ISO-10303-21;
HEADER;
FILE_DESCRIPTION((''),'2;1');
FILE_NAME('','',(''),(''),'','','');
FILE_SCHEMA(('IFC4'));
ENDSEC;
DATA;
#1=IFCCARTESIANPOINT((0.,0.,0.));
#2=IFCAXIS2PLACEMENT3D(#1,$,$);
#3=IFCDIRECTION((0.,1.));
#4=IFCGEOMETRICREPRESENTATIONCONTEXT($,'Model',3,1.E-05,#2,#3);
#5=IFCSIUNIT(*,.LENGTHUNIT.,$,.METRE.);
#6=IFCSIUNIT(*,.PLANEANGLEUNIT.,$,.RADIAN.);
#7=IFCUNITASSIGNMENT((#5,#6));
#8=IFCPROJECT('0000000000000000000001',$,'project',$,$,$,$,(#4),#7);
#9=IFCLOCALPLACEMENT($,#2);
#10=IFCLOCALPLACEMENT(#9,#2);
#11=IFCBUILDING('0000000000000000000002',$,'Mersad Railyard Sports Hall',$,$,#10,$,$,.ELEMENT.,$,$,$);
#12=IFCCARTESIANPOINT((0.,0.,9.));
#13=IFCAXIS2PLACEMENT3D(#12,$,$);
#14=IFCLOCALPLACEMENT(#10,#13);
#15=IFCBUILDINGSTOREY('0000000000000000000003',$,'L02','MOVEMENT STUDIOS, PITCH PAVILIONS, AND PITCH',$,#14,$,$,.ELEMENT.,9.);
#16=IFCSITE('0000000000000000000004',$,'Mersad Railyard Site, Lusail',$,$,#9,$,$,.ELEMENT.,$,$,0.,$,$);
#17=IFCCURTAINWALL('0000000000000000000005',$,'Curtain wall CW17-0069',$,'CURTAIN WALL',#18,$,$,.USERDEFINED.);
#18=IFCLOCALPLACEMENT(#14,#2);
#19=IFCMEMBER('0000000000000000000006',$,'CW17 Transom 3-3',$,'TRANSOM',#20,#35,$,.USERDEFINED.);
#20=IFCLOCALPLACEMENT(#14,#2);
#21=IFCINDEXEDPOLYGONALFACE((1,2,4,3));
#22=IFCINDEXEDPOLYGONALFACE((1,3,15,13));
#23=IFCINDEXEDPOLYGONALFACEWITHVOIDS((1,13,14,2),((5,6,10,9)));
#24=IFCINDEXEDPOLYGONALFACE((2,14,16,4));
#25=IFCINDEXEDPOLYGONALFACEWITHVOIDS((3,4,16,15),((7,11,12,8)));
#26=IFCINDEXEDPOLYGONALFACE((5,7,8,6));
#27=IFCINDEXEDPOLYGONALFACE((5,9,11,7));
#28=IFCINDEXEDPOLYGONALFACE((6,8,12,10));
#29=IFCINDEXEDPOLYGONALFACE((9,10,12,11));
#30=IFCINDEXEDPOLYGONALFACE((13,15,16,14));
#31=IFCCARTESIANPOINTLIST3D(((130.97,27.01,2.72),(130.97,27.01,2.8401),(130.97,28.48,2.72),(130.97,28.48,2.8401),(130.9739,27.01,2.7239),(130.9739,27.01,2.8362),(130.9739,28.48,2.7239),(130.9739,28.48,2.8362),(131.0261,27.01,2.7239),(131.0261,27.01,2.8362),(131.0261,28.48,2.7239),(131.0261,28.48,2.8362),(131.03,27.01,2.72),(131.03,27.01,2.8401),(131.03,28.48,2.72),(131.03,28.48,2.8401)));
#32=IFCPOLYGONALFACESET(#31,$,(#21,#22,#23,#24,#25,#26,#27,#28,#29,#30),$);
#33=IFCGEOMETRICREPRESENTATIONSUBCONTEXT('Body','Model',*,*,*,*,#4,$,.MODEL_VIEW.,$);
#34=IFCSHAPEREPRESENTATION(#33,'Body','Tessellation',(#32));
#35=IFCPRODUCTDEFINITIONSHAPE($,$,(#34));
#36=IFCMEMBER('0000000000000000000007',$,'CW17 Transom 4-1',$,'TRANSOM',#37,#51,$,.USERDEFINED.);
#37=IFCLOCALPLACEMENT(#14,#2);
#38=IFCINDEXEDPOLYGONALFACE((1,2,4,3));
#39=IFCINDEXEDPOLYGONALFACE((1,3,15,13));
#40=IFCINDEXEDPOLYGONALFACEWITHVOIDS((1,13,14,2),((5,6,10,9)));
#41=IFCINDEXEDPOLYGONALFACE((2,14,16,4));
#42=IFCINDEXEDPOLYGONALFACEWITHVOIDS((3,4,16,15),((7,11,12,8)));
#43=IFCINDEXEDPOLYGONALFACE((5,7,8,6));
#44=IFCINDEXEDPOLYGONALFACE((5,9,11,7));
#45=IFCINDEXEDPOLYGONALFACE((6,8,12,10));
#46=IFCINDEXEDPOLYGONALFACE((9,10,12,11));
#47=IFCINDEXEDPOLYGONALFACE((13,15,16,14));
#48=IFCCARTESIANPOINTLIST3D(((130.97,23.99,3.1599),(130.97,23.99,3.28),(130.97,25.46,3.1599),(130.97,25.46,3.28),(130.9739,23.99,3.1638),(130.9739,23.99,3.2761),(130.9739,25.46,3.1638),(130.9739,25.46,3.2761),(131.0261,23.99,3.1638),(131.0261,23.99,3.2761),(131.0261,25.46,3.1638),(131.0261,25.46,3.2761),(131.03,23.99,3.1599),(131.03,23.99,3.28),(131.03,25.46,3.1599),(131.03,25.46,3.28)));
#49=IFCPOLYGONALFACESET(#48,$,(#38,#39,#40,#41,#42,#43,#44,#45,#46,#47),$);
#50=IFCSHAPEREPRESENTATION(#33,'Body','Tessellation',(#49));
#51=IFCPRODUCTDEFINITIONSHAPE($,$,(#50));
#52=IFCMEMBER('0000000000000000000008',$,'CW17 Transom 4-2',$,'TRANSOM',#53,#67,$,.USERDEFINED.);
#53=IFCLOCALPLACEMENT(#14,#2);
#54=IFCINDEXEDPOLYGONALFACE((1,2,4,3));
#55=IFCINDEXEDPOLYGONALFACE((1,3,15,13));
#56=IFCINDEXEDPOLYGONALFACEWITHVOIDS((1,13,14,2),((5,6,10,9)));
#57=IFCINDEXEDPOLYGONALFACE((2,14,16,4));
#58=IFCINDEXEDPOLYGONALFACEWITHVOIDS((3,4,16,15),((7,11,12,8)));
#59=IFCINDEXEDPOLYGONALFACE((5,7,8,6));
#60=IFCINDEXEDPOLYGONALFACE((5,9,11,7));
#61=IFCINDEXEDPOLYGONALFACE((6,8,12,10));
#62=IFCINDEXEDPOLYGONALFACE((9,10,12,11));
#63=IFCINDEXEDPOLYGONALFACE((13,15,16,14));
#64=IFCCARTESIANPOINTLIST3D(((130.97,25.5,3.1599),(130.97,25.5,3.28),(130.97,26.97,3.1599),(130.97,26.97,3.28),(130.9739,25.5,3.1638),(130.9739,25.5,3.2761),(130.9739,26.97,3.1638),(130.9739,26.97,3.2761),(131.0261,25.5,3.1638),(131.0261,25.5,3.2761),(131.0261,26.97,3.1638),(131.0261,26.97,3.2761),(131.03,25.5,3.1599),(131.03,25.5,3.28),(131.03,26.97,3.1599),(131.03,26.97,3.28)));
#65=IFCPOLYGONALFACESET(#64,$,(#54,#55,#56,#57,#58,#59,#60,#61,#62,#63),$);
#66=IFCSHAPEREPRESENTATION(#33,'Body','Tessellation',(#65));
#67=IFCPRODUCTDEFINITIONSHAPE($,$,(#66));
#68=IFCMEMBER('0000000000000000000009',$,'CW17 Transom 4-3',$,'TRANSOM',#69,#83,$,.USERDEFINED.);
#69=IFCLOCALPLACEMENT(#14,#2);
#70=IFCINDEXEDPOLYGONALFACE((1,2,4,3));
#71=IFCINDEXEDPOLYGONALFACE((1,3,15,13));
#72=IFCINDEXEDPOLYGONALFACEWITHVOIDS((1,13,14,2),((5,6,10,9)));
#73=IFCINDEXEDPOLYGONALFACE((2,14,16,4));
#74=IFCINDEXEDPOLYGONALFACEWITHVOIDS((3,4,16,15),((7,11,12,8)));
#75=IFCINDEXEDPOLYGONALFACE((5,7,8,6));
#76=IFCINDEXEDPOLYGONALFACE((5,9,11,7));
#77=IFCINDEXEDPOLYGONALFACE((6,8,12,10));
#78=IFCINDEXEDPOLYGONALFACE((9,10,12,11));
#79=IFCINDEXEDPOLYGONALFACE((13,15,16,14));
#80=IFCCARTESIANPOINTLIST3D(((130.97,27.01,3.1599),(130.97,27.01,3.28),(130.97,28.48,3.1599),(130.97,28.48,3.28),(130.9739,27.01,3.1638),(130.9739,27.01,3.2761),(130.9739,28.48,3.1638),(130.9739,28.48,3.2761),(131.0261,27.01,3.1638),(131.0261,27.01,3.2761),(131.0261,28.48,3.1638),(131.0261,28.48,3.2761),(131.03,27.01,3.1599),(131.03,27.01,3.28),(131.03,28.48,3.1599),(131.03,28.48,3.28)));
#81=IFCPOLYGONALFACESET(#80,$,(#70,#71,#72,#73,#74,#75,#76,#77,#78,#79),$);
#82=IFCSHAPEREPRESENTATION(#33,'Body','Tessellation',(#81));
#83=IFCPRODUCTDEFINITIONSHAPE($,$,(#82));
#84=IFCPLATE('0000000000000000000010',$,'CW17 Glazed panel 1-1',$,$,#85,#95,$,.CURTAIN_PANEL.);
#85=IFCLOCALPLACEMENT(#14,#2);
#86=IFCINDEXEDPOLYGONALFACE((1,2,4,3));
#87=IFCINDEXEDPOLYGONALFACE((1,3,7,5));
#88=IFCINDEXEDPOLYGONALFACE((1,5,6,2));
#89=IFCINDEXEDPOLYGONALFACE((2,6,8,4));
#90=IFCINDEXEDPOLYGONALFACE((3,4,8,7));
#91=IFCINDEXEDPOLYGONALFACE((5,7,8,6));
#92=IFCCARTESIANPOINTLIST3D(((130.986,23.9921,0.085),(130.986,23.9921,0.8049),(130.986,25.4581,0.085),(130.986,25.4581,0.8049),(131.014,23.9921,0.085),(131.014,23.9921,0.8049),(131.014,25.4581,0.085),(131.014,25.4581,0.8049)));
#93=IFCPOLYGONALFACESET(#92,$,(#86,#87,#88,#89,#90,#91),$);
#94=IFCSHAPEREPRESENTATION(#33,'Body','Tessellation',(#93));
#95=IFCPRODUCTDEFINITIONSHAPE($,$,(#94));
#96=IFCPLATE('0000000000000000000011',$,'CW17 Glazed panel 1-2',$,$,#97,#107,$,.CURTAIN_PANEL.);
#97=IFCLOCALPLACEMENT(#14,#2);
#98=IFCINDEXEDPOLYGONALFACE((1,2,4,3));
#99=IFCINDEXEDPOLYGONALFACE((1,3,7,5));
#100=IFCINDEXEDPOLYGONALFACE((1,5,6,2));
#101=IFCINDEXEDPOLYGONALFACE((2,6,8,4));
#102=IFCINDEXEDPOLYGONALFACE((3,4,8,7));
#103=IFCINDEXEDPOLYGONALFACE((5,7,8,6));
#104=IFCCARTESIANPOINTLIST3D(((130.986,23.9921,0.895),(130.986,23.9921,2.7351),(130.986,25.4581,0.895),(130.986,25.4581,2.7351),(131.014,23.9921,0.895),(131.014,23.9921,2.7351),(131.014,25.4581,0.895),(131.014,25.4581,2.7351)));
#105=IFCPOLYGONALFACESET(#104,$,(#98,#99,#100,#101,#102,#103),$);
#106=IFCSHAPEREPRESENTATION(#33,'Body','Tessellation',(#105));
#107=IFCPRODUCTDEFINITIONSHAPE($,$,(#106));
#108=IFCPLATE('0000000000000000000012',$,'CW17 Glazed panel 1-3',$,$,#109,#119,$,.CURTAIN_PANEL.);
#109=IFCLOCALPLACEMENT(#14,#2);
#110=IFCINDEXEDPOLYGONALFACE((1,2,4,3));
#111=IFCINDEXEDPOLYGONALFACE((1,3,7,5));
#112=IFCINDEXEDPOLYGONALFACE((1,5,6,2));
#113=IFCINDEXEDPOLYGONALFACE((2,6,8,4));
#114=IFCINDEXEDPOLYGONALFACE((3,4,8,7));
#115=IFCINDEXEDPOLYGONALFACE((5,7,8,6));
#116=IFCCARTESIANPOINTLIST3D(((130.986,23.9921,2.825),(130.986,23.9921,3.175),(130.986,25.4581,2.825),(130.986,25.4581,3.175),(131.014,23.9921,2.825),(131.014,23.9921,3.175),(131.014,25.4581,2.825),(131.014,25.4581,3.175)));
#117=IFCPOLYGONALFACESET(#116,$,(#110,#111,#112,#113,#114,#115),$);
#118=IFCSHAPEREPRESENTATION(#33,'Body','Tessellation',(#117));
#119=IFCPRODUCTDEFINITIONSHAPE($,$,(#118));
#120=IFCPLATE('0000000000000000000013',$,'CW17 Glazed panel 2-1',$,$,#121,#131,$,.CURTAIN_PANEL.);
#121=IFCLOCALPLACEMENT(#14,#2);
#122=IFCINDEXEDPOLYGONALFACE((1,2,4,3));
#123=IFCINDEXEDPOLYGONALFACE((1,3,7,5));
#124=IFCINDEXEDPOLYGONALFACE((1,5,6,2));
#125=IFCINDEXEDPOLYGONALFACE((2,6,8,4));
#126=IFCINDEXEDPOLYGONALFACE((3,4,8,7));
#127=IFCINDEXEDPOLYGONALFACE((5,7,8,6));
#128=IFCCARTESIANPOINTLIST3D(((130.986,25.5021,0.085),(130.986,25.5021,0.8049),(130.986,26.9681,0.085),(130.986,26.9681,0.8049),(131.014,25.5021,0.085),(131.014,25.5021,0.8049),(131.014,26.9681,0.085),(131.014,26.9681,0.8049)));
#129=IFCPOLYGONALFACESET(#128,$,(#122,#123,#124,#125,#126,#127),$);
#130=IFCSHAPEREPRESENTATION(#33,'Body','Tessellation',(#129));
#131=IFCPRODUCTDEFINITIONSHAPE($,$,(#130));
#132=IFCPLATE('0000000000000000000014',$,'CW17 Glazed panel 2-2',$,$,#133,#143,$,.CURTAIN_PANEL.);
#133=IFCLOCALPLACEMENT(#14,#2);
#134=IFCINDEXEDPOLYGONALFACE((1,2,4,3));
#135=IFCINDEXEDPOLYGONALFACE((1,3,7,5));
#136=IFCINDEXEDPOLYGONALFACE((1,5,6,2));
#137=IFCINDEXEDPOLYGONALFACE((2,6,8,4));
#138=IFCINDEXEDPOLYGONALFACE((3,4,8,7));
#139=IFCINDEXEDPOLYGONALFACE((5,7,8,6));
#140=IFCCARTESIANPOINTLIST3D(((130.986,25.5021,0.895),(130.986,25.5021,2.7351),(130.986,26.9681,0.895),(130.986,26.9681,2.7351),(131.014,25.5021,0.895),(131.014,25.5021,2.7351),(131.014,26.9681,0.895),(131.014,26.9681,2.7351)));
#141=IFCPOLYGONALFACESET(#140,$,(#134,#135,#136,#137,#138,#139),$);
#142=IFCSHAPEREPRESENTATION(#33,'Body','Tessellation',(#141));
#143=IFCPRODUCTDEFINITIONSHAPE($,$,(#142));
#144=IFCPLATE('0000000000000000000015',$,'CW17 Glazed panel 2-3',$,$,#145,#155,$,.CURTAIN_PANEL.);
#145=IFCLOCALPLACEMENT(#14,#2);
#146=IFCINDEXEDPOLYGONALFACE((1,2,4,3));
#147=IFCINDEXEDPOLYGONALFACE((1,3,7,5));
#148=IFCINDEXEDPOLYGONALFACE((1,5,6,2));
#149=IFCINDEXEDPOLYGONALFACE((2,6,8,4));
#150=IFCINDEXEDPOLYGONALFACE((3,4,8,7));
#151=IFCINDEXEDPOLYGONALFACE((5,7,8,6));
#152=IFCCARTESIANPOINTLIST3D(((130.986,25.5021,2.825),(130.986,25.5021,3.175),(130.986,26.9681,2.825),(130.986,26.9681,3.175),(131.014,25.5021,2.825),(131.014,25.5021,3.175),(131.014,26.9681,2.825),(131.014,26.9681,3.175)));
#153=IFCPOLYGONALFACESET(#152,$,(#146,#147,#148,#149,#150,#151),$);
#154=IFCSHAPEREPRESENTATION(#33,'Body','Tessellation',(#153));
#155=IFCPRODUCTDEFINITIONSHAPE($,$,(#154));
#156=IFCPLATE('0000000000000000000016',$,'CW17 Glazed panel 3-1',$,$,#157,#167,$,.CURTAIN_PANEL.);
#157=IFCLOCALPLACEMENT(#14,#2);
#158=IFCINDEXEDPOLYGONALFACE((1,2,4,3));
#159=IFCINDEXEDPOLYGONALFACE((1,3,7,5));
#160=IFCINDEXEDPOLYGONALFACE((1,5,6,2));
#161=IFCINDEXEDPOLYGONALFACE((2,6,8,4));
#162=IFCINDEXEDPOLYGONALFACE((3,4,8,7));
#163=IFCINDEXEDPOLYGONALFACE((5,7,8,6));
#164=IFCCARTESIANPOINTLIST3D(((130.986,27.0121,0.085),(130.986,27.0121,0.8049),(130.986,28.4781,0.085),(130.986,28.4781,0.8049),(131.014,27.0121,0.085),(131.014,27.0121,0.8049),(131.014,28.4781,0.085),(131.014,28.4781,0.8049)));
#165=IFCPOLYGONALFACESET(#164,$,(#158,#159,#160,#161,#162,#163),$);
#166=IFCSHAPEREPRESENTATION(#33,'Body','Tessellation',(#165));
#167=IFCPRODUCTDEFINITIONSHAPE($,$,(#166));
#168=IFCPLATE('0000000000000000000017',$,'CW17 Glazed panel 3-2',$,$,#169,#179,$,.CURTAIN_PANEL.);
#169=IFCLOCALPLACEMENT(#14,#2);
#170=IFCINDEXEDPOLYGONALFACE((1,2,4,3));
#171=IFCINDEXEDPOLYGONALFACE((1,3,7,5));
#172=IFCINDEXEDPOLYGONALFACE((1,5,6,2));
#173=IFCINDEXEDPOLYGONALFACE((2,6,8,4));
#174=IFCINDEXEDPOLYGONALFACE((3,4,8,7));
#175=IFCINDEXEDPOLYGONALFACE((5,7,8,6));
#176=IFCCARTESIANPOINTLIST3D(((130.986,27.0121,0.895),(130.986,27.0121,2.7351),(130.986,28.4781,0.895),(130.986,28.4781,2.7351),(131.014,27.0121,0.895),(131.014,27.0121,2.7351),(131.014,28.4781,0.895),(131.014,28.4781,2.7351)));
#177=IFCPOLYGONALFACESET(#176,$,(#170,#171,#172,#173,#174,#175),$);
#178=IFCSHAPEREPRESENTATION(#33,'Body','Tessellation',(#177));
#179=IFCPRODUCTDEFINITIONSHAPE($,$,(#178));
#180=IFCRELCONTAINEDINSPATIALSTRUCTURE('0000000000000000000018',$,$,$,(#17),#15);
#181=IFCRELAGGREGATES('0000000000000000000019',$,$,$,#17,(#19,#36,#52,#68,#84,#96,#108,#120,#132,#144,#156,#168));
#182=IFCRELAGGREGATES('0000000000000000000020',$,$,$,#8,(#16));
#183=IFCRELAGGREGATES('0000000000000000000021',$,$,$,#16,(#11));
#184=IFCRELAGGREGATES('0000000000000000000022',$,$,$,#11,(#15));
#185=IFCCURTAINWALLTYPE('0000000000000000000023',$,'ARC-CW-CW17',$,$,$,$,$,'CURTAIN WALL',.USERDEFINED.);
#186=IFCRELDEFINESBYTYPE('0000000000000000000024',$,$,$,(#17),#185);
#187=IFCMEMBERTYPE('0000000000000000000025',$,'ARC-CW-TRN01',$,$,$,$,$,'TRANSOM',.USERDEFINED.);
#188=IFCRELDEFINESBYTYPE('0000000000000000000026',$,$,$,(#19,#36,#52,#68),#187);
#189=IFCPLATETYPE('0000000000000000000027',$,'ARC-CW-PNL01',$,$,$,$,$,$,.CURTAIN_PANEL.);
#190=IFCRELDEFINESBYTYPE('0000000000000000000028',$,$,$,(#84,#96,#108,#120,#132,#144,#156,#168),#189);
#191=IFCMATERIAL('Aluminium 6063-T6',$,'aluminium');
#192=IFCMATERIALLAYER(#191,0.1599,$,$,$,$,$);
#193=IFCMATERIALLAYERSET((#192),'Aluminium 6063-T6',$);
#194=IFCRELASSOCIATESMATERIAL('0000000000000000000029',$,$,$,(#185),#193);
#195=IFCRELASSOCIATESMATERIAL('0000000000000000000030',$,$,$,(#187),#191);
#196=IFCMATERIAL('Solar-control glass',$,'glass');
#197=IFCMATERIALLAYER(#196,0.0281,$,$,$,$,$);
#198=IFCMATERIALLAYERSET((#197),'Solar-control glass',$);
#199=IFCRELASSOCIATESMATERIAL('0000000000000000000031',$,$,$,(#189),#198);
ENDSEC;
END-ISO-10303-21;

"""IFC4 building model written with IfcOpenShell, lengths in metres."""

from ifc_helpers import new_model, si_unit, direction, frame, origin, origin_2d, place, context, subcontext, project, spatial, rectangle, hollow_rectangle, extrude, material, layer, layer_set, material_profile, profile_set, type_object, element, aggregate, save


model = new_model("IFC4")

# Units and contexts
model_context = context("Model", 3, precision=1e-05, world=origin(), true_north=direction((0.0, 1.0)))
body_context = subcontext(model_context, "Body", "Model", "MODEL_VIEW")
ifc_project = project(units=[si_unit("LENGTHUNIT", "METRE"), si_unit("PLANEANGLEUNIT", "RADIAN")], contexts=[model_context])

# Site, building, storey
site_placement = place(None, origin())
site = spatial("IfcSite", under=ifc_project, at=site_placement, Name="Mersad Railyard Site, Lusail", CompositionType="ELEMENT", RefElevation=0.0)
building_placement = place(site_placement, origin())
building = spatial("IfcBuilding", under=site, at=building_placement, Name="Mersad Railyard Sports Hall", CompositionType="ELEMENT")
storey_placement = place(building_placement, frame((0.0, 0.0, 9.0)))
storey = spatial("IfcBuildingStorey", under=building, at=storey_placement, Name="L02", Description="MOVEMENT STUDIOS, PITCH PAVILIONS, AND PITCH", CompositionType="ELEMENT", Elevation=9.0)

# Curtain wall, members, plates
ifc_material_1 = material(Name="Aluminium 6063-T6", Category="aluminium")
ifc_layer_1 = layer(ifc_material_1, 0.1599)
ifc_layer_set_1 = layer_set([ifc_layer_1], Name="Aluminium 6063-T6")
curtain_wall_type = type_object("IfcCurtainWallType", Name="ARC-CW-CW17", ElementType="CURTAIN WALL", PredefinedType="USERDEFINED", material=ifc_layer_set_1)
curtain_wall_placement = place(storey_placement, origin())
curtain_wall = element("IfcCurtainWall", 1, at=curtain_wall_placement, inside=storey, type_object=curtain_wall_type, Name="Curtain wall CW17-0069", ObjectType="CURTAIN WALL", PredefinedType="USERDEFINED")
ifc_material_profile_1 = material_profile(ifc_material_1, hollow_rectangle(XDim=0.0601, YDim=0.1201, WallThickness=0.0039, at=origin_2d()), Name="AL TRANSOM 60x120x4")
ifc_profile_set_1 = profile_set([ifc_material_profile_1], Name="Aluminium 6063-T6")
member_type_1 = type_object("IfcMemberType", Name="ARC-CW-TRN01", ElementType="TRANSOM", PredefinedType="USERDEFINED", material=ifc_profile_set_1)
member_1_placement = place(storey_placement, frame((131.0, 27.01, 2.78), z_axis=(0.0, 1.0, 0.0), x_axis=(-1.0, 0.0, 0.0)))
member_1 = element("IfcMember", 2, at=member_1_placement, type_object=member_type_1, Name="CW17 Transom 3-3", ObjectType="TRANSOM", PredefinedType="USERDEFINED", context=body_context, shape_type="SweptSolid", body=[
    extrude(hollow_rectangle(XDim=0.0601, YDim=0.1201, WallThickness=0.0039, at=origin_2d()), origin(), (0.0, 0.0, 1.0), 1.47),
])
member_2_placement = place(storey_placement, frame((131.0, 23.99, 3.22), z_axis=(0.0, 1.0, 0.0), x_axis=(-1.0, 0.0, 0.0)))
member_2 = element("IfcMember", 3, at=member_2_placement, type_object=member_type_1, Name="CW17 Transom 4-1", ObjectType="TRANSOM", PredefinedType="USERDEFINED", context=body_context, shape_type="SweptSolid", body=[
    extrude(hollow_rectangle(XDim=0.0601, YDim=0.1201, WallThickness=0.0039, at=origin_2d()), origin(), (0.0, 0.0, 1.0), 1.47),
])
member_3_placement = place(storey_placement, frame((131.0, 25.5, 3.22), z_axis=(0.0, 1.0, 0.0), x_axis=(-1.0, 0.0, 0.0)))
member_3 = element("IfcMember", 4, at=member_3_placement, type_object=member_type_1, Name="CW17 Transom 4-2", ObjectType="TRANSOM", PredefinedType="USERDEFINED", context=body_context, shape_type="SweptSolid", body=[
    extrude(hollow_rectangle(XDim=0.0601, YDim=0.1201, WallThickness=0.0039, at=origin_2d()), origin(), (0.0, 0.0, 1.0), 1.47),
])
member_4_placement = place(storey_placement, frame((131.0, 27.01, 3.22), z_axis=(0.0, 1.0, 0.0), x_axis=(-1.0, 0.0, 0.0)))
member_4 = element("IfcMember", 5, at=member_4_placement, type_object=member_type_1, Name="CW17 Transom 4-3", ObjectType="TRANSOM", PredefinedType="USERDEFINED", context=body_context, shape_type="SweptSolid", body=[
    extrude(hollow_rectangle(XDim=0.0601, YDim=0.1201, WallThickness=0.0039, at=origin_2d()), origin(), (0.0, 0.0, 1.0), 1.47),
])
ifc_material_2 = material(Name="Solar-control glass", Category="glass")
ifc_layer_2 = layer(ifc_material_2, 0.0281)
ifc_layer_set_2 = layer_set([ifc_layer_2], Name="Solar-control glass")
plate_type = type_object("IfcPlateType", Name="ARC-CW-PNL01", PredefinedType="CURTAIN_PANEL", material=ifc_layer_set_2)
plate_1_placement = place(storey_placement, frame((131.0, 24.7251, 0.085), z_axis=(0.0, 0.0, 1.0), x_axis=(0.0, 1.0, 0.0)))
plate_1 = element("IfcPlate", 6, at=plate_1_placement, type_object=plate_type, Name="CW17 Glazed panel 1-1", PredefinedType="CURTAIN_PANEL", context=body_context, shape_type="SweptSolid", body=[
    extrude(rectangle(XDim=1.4661, YDim=0.0281, at=origin_2d()), origin(), (0.0, 0.0, 1.0), 0.72),
])
plate_2_placement = place(storey_placement, frame((131.0, 24.7251, 0.895), z_axis=(0.0, 0.0, 1.0), x_axis=(0.0, 1.0, 0.0)))
plate_2 = element("IfcPlate", 7, at=plate_2_placement, type_object=plate_type, Name="CW17 Glazed panel 1-2", PredefinedType="CURTAIN_PANEL", context=body_context, shape_type="SweptSolid", body=[
    extrude(rectangle(XDim=1.4661, YDim=0.0281, at=origin_2d()), origin(), (0.0, 0.0, 1.0), 1.8401),
])
plate_3_placement = place(storey_placement, frame((131.0, 24.7251, 2.825), z_axis=(0.0, 0.0, 1.0), x_axis=(0.0, 1.0, 0.0)))
plate_3 = element("IfcPlate", 8, at=plate_3_placement, type_object=plate_type, Name="CW17 Glazed panel 1-3", PredefinedType="CURTAIN_PANEL", context=body_context, shape_type="SweptSolid", body=[
    extrude(rectangle(XDim=1.4661, YDim=0.0281, at=origin_2d()), origin(), (0.0, 0.0, 1.0), 0.3501),
])
plate_4_placement = place(storey_placement, frame((131.0, 26.2351, 0.085), z_axis=(0.0, 0.0, 1.0), x_axis=(0.0, 1.0, 0.0)))
plate_4 = element("IfcPlate", 9, at=plate_4_placement, type_object=plate_type, Name="CW17 Glazed panel 2-1", PredefinedType="CURTAIN_PANEL", context=body_context, shape_type="SweptSolid", body=[
    extrude(rectangle(XDim=1.4661, YDim=0.0281, at=origin_2d()), origin(), (0.0, 0.0, 1.0), 0.72),
])
plate_5_placement = place(storey_placement, frame((131.0, 26.2351, 0.895), z_axis=(0.0, 0.0, 1.0), x_axis=(0.0, 1.0, 0.0)))
plate_5 = element("IfcPlate", 10, at=plate_5_placement, type_object=plate_type, Name="CW17 Glazed panel 2-2", PredefinedType="CURTAIN_PANEL", context=body_context, shape_type="SweptSolid", body=[
    extrude(rectangle(XDim=1.4661, YDim=0.0281, at=origin_2d()), origin(), (0.0, 0.0, 1.0), 1.8401),
])
plate_6_placement = place(storey_placement, frame((131.0, 26.2351, 2.825), z_axis=(0.0, 0.0, 1.0), x_axis=(0.0, 1.0, 0.0)))
plate_6 = element("IfcPlate", 11, at=plate_6_placement, type_object=plate_type, Name="CW17 Glazed panel 2-3", PredefinedType="CURTAIN_PANEL", context=body_context, shape_type="SweptSolid", body=[
    extrude(rectangle(XDim=1.4661, YDim=0.0281, at=origin_2d()), origin(), (0.0, 0.0, 1.0), 0.3501),
])
plate_7_placement = place(storey_placement, frame((131.0, 27.7451, 0.085), z_axis=(0.0, 0.0, 1.0), x_axis=(0.0, 1.0, 0.0)))
plate_7 = element("IfcPlate", 12, at=plate_7_placement, type_object=plate_type, Name="CW17 Glazed panel 3-1", PredefinedType="CURTAIN_PANEL", context=body_context, shape_type="SweptSolid", body=[
    extrude(rectangle(XDim=1.4661, YDim=0.0281, at=origin_2d()), origin(), (0.0, 0.0, 1.0), 0.72),
])
plate_8_placement = place(storey_placement, frame((131.0, 27.7451, 0.895), z_axis=(0.0, 0.0, 1.0), x_axis=(0.0, 1.0, 0.0)))
plate_8 = element("IfcPlate", 13, at=plate_8_placement, type_object=plate_type, Name="CW17 Glazed panel 3-2", PredefinedType="CURTAIN_PANEL", context=body_context, shape_type="SweptSolid", body=[
    extrude(rectangle(XDim=1.4661, YDim=0.0281, at=origin_2d()), origin(), (0.0, 0.0, 1.0), 1.8401),
])
aggregate(curtain_wall, [member_1, member_2, member_3, member_4, plate_1, plate_2, plate_3, plate_4, plate_5, plate_6, plate_7, plate_8])

save(model, "model.ifc")
